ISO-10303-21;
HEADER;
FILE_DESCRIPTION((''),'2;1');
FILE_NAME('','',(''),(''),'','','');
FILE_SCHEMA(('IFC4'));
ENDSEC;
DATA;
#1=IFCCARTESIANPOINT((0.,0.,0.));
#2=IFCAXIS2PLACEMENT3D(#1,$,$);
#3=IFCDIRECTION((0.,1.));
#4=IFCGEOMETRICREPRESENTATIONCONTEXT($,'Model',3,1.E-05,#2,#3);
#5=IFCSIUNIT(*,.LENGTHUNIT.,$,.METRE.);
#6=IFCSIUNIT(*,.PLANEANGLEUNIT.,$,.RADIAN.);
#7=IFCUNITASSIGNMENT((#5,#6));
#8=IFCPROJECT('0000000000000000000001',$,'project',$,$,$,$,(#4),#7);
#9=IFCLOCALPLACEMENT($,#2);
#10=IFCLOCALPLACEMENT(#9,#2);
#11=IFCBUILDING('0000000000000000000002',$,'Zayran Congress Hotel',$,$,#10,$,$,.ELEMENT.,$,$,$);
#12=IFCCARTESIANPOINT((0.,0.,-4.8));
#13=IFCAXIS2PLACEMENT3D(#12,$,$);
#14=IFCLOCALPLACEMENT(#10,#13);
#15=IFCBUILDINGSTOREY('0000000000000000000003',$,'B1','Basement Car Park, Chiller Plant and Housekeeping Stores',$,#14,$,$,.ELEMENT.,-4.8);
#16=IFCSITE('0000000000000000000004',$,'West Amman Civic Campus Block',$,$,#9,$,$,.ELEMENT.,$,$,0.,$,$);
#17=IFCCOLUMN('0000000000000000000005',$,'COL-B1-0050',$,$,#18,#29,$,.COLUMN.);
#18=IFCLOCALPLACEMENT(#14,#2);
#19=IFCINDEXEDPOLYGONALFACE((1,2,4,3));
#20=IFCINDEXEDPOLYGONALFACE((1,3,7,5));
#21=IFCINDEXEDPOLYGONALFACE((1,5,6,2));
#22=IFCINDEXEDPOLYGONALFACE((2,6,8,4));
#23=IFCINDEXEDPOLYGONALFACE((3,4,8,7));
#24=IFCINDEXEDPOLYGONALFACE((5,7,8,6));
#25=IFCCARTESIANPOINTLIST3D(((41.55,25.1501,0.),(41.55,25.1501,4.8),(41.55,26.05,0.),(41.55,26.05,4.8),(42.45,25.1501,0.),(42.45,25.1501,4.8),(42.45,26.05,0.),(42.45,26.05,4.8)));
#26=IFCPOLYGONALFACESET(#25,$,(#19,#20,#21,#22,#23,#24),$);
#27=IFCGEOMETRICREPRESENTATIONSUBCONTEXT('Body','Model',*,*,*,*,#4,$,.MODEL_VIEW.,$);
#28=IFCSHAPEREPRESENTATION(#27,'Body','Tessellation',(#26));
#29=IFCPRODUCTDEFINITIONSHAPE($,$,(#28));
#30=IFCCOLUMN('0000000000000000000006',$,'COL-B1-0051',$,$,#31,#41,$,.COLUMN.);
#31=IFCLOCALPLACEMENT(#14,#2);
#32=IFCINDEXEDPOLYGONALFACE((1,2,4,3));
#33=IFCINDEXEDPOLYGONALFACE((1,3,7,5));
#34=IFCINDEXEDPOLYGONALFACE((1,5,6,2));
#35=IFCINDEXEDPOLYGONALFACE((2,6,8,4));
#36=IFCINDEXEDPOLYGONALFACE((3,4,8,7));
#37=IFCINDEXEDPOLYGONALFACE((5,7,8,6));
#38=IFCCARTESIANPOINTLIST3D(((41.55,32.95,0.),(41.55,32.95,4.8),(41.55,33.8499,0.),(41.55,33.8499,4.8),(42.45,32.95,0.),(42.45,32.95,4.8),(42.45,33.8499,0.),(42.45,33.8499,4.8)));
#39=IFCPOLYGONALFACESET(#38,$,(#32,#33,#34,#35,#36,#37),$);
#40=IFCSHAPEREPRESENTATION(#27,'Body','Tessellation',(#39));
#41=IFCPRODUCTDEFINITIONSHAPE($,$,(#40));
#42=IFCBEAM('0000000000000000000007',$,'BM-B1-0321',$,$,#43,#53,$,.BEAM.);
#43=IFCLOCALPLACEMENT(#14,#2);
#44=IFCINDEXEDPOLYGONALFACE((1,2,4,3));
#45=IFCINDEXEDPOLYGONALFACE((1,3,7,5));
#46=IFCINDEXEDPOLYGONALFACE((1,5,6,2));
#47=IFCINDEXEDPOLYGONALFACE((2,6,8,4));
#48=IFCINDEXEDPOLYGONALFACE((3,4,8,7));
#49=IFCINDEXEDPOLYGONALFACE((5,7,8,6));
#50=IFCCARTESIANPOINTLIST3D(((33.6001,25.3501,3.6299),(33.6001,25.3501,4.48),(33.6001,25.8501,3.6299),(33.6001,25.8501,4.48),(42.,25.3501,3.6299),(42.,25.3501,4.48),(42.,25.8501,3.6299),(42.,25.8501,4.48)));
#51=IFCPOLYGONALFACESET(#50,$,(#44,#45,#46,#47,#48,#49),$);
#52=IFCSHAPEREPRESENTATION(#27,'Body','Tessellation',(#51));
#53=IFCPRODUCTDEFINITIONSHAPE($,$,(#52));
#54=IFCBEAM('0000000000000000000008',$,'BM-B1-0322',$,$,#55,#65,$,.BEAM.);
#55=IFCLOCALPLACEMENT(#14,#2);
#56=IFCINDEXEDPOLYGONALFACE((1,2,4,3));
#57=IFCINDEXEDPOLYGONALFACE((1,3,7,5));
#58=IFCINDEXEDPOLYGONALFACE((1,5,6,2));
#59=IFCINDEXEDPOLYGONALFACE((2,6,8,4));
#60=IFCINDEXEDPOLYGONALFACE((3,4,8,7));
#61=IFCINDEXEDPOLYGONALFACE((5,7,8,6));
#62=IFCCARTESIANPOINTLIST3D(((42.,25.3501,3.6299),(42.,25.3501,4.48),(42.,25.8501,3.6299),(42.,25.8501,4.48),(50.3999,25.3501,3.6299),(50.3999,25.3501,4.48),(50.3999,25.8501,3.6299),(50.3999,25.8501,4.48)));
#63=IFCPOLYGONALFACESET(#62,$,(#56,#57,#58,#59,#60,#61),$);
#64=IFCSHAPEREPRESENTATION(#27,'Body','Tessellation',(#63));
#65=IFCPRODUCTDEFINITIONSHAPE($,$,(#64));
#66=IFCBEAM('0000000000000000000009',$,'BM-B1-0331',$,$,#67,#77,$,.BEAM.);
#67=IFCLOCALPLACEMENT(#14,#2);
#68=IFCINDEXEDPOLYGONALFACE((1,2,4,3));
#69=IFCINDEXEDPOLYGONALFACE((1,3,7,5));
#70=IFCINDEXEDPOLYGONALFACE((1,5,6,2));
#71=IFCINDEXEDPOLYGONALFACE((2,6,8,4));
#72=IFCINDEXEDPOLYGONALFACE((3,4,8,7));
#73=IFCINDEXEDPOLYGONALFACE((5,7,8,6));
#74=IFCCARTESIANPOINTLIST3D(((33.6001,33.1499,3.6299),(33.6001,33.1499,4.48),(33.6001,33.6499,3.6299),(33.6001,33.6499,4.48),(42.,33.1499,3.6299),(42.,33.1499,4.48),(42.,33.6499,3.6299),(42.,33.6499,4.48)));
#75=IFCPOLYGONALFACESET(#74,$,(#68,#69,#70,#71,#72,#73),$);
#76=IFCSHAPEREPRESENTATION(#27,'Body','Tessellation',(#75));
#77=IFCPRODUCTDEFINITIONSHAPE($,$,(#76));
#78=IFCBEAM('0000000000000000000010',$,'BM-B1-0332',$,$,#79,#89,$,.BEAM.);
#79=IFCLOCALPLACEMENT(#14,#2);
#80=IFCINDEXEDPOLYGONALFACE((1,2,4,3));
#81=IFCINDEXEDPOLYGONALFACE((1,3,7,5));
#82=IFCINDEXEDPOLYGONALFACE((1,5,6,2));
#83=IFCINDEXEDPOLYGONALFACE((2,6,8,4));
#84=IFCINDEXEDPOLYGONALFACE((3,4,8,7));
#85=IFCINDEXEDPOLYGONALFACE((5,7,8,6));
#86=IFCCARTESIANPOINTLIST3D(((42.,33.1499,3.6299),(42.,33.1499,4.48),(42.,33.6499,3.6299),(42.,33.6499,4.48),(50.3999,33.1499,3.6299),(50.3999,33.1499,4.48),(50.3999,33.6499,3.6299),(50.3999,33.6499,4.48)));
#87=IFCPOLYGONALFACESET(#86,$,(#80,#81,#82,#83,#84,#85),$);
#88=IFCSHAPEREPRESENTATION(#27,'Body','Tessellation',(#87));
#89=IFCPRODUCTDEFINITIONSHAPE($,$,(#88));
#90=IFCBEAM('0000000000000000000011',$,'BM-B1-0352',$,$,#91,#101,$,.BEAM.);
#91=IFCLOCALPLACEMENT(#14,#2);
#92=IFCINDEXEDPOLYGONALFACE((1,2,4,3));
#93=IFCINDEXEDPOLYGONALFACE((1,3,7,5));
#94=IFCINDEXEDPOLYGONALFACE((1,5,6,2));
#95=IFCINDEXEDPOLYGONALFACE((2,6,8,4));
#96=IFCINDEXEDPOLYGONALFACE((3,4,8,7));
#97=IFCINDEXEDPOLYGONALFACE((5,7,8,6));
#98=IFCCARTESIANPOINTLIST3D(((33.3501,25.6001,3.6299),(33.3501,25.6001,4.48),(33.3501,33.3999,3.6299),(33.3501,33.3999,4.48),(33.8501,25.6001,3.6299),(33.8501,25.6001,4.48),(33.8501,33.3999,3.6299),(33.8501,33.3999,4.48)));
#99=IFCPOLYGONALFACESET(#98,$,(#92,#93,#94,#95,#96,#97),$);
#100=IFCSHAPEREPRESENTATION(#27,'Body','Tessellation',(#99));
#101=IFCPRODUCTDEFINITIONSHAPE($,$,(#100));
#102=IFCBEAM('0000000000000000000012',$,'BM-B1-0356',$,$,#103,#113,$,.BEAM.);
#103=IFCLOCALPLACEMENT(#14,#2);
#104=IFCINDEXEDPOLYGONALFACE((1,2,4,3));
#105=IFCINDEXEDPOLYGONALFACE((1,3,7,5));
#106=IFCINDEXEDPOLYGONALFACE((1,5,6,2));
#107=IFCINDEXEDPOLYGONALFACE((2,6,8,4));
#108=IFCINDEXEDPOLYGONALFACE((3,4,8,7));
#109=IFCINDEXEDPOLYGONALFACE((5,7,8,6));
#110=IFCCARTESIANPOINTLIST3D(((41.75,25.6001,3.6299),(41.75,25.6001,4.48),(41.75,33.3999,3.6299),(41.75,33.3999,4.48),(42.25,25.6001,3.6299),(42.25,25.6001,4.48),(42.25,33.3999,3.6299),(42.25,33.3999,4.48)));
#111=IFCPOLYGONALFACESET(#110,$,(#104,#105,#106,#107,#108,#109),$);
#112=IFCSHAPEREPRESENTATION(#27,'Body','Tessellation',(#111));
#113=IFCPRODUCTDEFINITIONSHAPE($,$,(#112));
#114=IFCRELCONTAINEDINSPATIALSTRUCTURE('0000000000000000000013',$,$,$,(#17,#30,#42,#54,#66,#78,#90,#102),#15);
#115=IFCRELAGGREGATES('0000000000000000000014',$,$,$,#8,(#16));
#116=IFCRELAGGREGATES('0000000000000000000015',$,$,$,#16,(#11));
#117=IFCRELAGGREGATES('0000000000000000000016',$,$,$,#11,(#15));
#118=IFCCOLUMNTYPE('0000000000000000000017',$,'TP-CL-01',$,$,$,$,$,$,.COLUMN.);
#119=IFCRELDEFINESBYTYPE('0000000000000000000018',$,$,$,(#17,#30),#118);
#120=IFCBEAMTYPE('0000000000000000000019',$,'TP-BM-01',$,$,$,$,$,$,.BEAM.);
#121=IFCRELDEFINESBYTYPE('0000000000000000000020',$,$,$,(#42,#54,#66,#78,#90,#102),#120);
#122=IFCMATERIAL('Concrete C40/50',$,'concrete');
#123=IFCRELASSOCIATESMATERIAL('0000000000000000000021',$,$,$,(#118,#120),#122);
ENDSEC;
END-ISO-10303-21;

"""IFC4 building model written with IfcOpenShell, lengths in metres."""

from ifc_helpers import new_model, si_unit, direction, frame, origin, origin_2d, place, context, subcontext, project, spatial, rectangle, extrude, material, material_profile, profile_set, type_object, element, save


model = new_model("IFC4")

# Units and contexts
model_context = context("Model", 3, precision=1e-05, world=origin(), true_north=direction((0.0, 1.0)))
body_context = subcontext(model_context, "Body", "Model", "MODEL_VIEW")
ifc_project = project(units=[si_unit("LENGTHUNIT", "METRE"), si_unit("PLANEANGLEUNIT", "RADIAN")], contexts=[model_context])

# Site, building, storey
site_placement = place(None, origin())
site = spatial("IfcSite", under=ifc_project, at=site_placement, Name="West Amman Civic Campus Block", CompositionType="ELEMENT", RefElevation=0.0)
building_placement = place(site_placement, origin())
building = spatial("IfcBuilding", under=site, at=building_placement, Name="Zayran Congress Hotel", CompositionType="ELEMENT")
storey_placement = place(building_placement, frame((0.0, 0.0, -4.8)))
storey = spatial("IfcBuildingStorey", under=building, at=storey_placement, Name="B1", Description="Basement Car Park, Chiller Plant and Housekeeping Stores", CompositionType="ELEMENT", Elevation=-4.8)

# Shared definitions
ifc_material = material(Name="Concrete C40/50", Category="concrete")

# Columns
ifc_material_profile_1 = material_profile(ifc_material, rectangle(XDim=0.8999, YDim=0.8999, at=origin_2d()), Name="RC 900x900")
ifc_profile_set_1 = profile_set([ifc_material_profile_1], Name="Concrete C40/50")
column_type = type_object("IfcColumnType", Name="TP-CL-01", PredefinedType="COLUMN", material=ifc_profile_set_1)
for number, where, z_axis, x_axis, name in (
    (1, (42.0, 25.6001, 0.0), (0.0, 0.0, 1.0), (1.0, 0.0, 0.0), "COL-B1-0050"),
    (2, (42.0, 33.3999, 0.0), (0.0, 0.0, 1.0), (1.0, 0.0, 0.0), "COL-B1-0051"),
):
    element("IfcColumn", number, at=place(storey_placement, frame(where, z_axis=z_axis, x_axis=x_axis)), inside=storey, type_object=column_type, Name=name, PredefinedType="COLUMN", context=body_context, shape_type="SweptSolid", body=[
        extrude(rectangle(XDim=0.8999, YDim=0.8999, at=origin_2d()), origin(), (0.0, 0.0, 1.0), 4.8),
    ])

# Beams
ifc_material_profile_2 = material_profile(ifc_material, rectangle(XDim=0.5, YDim=0.8501, at=origin_2d()), Name="RC 500x850")
ifc_profile_set_2 = profile_set([ifc_material_profile_2], Name="Concrete C40/50")
beam_type = type_object("IfcBeamType", Name="TP-BM-01", PredefinedType="BEAM", material=ifc_profile_set_2)
for number, where, z_axis, x_axis, name in (
    (3, (33.6001, 25.6001, 4.0549), (1.0, 0.0, 0.0), (0.0, 1.0, 0.0), "BM-B1-0321"),
    (4, (42.0, 25.6001, 4.0549), (1.0, 0.0, 0.0), (0.0, 1.0, 0.0), "BM-B1-0322"),
    (5, (33.6001, 33.3999, 4.0549), (1.0, 0.0, 0.0), (0.0, 1.0, 0.0), "BM-B1-0331"),
    (6, (42.0, 33.3999, 4.0549), (1.0, 0.0, 0.0), (0.0, 1.0, 0.0), "BM-B1-0332"),
):
    element("IfcBeam", number, at=place(storey_placement, frame(where, z_axis=z_axis, x_axis=x_axis)), inside=storey, type_object=beam_type, Name=name, PredefinedType="BEAM", context=body_context, shape_type="SweptSolid", body=[
        extrude(rectangle(XDim=0.5, YDim=0.8501, at=origin_2d()), origin(), (0.0, 0.0, 1.0), 8.3999),
    ])
for number, where, z_axis, x_axis, name in (
    (7, (33.6001, 25.6001, 4.0549), (0.0, 1.0, 0.0), (-1.0, 0.0, 0.0), "BM-B1-0352"),
    (8, (42.0, 25.6001, 4.0549), (0.0, 1.0, 0.0), (-1.0, 0.0, 0.0), "BM-B1-0356"),
):
    element("IfcBeam", number, at=place(storey_placement, frame(where, z_axis=z_axis, x_axis=x_axis)), inside=storey, type_object=beam_type, Name=name, PredefinedType="BEAM", context=body_context, shape_type="SweptSolid", body=[
        extrude(rectangle(XDim=0.5, YDim=0.8501, at=origin_2d()), origin(), (0.0, 0.0, 1.0), 7.7998),
    ])

save(model, "model.ifc")
